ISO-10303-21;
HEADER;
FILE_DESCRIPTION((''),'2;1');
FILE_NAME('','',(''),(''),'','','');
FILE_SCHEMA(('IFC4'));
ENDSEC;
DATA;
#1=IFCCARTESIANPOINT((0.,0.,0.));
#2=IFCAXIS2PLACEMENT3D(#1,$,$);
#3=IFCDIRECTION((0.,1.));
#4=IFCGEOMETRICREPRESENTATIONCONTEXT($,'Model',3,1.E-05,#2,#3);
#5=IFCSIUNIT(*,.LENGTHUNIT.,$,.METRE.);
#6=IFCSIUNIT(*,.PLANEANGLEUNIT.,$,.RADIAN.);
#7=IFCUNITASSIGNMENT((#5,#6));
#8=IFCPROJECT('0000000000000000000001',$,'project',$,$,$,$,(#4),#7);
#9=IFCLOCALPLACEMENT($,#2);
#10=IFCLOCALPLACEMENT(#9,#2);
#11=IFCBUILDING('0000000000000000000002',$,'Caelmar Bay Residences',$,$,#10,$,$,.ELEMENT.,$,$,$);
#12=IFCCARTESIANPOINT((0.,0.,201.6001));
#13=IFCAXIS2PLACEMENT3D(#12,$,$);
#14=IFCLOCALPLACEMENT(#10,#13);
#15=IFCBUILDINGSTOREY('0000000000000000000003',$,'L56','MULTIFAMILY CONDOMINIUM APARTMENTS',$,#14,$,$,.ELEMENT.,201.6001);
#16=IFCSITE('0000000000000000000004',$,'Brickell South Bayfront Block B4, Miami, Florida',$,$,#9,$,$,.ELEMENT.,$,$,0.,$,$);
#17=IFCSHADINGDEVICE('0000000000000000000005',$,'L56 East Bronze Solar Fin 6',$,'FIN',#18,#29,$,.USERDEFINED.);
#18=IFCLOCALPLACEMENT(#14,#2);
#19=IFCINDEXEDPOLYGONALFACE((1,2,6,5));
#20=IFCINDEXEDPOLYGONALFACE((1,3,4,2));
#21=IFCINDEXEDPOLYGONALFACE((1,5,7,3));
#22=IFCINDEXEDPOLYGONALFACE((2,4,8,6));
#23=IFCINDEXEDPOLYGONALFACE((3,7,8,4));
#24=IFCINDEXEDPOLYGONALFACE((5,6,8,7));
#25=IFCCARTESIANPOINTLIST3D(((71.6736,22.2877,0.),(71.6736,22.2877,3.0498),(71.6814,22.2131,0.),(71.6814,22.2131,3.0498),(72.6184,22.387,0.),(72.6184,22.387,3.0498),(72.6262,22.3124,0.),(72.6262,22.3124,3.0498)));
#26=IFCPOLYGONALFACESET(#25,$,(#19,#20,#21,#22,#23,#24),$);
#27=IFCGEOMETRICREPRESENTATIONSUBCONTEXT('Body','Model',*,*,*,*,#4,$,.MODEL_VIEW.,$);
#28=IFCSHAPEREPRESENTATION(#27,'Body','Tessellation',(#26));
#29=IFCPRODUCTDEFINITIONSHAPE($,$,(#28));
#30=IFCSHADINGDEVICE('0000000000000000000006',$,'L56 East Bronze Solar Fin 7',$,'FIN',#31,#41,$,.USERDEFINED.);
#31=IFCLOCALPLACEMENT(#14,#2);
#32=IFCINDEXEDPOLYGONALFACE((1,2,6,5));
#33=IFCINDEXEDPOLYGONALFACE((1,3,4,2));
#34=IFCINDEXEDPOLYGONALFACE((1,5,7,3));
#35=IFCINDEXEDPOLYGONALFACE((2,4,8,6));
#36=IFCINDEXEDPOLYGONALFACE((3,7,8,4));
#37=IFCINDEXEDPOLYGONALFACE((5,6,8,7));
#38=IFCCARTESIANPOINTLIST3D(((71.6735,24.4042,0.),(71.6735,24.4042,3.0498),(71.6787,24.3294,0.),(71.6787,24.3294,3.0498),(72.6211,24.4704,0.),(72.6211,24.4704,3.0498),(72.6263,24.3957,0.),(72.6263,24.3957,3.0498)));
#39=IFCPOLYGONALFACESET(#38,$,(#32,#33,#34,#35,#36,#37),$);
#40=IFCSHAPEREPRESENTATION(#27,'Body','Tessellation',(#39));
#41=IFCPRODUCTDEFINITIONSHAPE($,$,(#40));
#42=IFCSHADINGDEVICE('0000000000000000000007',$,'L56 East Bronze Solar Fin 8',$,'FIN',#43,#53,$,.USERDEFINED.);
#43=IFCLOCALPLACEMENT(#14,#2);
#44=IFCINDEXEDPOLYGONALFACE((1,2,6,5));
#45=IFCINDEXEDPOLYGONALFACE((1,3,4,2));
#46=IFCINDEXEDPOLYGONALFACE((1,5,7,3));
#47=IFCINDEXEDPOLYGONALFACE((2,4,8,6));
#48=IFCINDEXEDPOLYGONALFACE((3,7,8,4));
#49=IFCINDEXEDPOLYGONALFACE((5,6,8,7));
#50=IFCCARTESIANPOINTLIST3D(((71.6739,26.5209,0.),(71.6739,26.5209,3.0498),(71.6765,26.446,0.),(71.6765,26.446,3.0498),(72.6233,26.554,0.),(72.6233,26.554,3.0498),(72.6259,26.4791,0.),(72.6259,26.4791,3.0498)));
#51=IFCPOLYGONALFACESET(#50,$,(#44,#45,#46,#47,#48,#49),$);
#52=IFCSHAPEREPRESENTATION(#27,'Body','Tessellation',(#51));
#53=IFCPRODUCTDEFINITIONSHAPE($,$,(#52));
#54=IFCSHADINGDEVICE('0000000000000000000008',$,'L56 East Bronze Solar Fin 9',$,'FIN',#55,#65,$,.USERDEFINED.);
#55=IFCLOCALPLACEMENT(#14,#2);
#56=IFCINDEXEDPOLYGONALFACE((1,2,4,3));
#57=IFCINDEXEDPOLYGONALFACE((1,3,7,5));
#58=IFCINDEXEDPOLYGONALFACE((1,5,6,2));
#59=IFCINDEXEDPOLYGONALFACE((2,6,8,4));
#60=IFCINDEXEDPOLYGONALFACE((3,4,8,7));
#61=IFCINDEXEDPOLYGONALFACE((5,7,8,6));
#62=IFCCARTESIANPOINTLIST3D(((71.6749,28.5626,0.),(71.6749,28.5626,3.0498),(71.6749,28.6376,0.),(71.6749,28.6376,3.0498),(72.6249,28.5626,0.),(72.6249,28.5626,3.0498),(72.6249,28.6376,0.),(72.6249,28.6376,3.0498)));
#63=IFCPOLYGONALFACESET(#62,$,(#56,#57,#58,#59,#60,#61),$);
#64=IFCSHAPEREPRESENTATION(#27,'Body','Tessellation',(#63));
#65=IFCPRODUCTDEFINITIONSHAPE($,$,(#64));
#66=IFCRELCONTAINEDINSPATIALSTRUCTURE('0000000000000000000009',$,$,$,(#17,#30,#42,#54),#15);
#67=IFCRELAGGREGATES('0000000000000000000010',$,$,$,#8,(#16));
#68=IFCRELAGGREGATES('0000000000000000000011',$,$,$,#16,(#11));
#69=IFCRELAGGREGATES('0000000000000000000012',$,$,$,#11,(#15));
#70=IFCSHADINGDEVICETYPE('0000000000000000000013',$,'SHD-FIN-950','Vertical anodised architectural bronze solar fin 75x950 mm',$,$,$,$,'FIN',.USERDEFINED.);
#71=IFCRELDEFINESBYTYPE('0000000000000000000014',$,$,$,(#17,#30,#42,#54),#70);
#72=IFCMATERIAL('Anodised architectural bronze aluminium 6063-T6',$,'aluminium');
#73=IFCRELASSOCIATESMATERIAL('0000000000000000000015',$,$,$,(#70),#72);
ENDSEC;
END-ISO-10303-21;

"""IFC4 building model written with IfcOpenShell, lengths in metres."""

from ifc_helpers import new_model, si_unit, direction, frame, origin, origin_2d, place, context, subcontext, project, spatial, rectangle, extrude, material, material_profile, profile_set, type_object, element, save


model = new_model("IFC4")

# Units and contexts
model_context = context("Model", 3, precision=1e-05, world=origin(), true_north=direction((0.0, 1.0)))
body_context = subcontext(model_context, "Body", "Model", "MODEL_VIEW")
ifc_project = project(units=[si_unit("LENGTHUNIT", "METRE"), si_unit("PLANEANGLEUNIT", "RADIAN")], contexts=[model_context])

# Site, building, storey
site_placement = place(None, origin())
site = spatial("IfcSite", under=ifc_project, at=site_placement, Name="Brickell South Bayfront Block B4, Miami, Florida", CompositionType="ELEMENT", RefElevation=0.0)
building_placement = place(site_placement, origin())
building = spatial("IfcBuilding", under=site, at=building_placement, Name="Caelmar Bay Residences", CompositionType="ELEMENT")
storey_placement = place(building_placement, frame((0.0, 0.0, 201.6001)))
storey = spatial("IfcBuildingStorey", under=building, at=storey_placement, Name="L56", Description="MULTIFAMILY CONDOMINIUM APARTMENTS", CompositionType="ELEMENT", Elevation=201.6001)

# Shading devices
ifc_material_1 = material(Name="Anodised architectural bronze aluminium 6063-T6", Category="aluminium")
ifc_material_profile_1 = material_profile(ifc_material_1, rectangle(XDim=0.075, YDim=0.95, at=origin_2d()), Name="BRONZE-FIN-75X950")
ifc_profile_set_1 = profile_set([ifc_material_profile_1], Name="Anodised architectural bronze aluminium 6063-T6")
shading_device_type = type_object("IfcShadingDeviceType", Name="SHD-FIN-950", Description="Vertical anodised architectural bronze solar fin 75x950 mm", ElementType="FIN", PredefinedType="USERDEFINED", material=ifc_profile_set_1)
for number, where, z_axis, x_axis, name in (
    (1, (72.1499, 22.3, 0.0), (0.0, 0.0, 1.0), (-0.104528, 0.994522, 0.0), "L56 East Bronze Solar Fin 6"),
    (2, (72.1499, 24.3999, 0.0), (0.0, 0.0, 1.0), (-0.069756, 0.997564, 0.0), "L56 East Bronze Solar Fin 7"),
    (3, (72.1499, 26.5, 0.0), (0.0, 0.0, 1.0), (-0.034899, 0.999391, 0.0), "L56 East Bronze Solar Fin 8"),
    (4, (72.1499, 28.6001, 0.0), (0.0, 0.0, 1.0), (0.0, 1.0, 0.0), "L56 East Bronze Solar Fin 9"),
):
    element("IfcShadingDevice", number, at=place(storey_placement, frame(where, z_axis=z_axis, x_axis=x_axis)), inside=storey, type_object=shading_device_type, Name=name, ObjectType="FIN", PredefinedType="USERDEFINED", context=body_context, shape_type="SweptSolid", body=[
        extrude(rectangle(XDim=0.075, YDim=0.95, at=origin_2d()), origin(), (0.0, 0.0, 1.0), 3.0498),
    ])

save(model, "model.ifc")
